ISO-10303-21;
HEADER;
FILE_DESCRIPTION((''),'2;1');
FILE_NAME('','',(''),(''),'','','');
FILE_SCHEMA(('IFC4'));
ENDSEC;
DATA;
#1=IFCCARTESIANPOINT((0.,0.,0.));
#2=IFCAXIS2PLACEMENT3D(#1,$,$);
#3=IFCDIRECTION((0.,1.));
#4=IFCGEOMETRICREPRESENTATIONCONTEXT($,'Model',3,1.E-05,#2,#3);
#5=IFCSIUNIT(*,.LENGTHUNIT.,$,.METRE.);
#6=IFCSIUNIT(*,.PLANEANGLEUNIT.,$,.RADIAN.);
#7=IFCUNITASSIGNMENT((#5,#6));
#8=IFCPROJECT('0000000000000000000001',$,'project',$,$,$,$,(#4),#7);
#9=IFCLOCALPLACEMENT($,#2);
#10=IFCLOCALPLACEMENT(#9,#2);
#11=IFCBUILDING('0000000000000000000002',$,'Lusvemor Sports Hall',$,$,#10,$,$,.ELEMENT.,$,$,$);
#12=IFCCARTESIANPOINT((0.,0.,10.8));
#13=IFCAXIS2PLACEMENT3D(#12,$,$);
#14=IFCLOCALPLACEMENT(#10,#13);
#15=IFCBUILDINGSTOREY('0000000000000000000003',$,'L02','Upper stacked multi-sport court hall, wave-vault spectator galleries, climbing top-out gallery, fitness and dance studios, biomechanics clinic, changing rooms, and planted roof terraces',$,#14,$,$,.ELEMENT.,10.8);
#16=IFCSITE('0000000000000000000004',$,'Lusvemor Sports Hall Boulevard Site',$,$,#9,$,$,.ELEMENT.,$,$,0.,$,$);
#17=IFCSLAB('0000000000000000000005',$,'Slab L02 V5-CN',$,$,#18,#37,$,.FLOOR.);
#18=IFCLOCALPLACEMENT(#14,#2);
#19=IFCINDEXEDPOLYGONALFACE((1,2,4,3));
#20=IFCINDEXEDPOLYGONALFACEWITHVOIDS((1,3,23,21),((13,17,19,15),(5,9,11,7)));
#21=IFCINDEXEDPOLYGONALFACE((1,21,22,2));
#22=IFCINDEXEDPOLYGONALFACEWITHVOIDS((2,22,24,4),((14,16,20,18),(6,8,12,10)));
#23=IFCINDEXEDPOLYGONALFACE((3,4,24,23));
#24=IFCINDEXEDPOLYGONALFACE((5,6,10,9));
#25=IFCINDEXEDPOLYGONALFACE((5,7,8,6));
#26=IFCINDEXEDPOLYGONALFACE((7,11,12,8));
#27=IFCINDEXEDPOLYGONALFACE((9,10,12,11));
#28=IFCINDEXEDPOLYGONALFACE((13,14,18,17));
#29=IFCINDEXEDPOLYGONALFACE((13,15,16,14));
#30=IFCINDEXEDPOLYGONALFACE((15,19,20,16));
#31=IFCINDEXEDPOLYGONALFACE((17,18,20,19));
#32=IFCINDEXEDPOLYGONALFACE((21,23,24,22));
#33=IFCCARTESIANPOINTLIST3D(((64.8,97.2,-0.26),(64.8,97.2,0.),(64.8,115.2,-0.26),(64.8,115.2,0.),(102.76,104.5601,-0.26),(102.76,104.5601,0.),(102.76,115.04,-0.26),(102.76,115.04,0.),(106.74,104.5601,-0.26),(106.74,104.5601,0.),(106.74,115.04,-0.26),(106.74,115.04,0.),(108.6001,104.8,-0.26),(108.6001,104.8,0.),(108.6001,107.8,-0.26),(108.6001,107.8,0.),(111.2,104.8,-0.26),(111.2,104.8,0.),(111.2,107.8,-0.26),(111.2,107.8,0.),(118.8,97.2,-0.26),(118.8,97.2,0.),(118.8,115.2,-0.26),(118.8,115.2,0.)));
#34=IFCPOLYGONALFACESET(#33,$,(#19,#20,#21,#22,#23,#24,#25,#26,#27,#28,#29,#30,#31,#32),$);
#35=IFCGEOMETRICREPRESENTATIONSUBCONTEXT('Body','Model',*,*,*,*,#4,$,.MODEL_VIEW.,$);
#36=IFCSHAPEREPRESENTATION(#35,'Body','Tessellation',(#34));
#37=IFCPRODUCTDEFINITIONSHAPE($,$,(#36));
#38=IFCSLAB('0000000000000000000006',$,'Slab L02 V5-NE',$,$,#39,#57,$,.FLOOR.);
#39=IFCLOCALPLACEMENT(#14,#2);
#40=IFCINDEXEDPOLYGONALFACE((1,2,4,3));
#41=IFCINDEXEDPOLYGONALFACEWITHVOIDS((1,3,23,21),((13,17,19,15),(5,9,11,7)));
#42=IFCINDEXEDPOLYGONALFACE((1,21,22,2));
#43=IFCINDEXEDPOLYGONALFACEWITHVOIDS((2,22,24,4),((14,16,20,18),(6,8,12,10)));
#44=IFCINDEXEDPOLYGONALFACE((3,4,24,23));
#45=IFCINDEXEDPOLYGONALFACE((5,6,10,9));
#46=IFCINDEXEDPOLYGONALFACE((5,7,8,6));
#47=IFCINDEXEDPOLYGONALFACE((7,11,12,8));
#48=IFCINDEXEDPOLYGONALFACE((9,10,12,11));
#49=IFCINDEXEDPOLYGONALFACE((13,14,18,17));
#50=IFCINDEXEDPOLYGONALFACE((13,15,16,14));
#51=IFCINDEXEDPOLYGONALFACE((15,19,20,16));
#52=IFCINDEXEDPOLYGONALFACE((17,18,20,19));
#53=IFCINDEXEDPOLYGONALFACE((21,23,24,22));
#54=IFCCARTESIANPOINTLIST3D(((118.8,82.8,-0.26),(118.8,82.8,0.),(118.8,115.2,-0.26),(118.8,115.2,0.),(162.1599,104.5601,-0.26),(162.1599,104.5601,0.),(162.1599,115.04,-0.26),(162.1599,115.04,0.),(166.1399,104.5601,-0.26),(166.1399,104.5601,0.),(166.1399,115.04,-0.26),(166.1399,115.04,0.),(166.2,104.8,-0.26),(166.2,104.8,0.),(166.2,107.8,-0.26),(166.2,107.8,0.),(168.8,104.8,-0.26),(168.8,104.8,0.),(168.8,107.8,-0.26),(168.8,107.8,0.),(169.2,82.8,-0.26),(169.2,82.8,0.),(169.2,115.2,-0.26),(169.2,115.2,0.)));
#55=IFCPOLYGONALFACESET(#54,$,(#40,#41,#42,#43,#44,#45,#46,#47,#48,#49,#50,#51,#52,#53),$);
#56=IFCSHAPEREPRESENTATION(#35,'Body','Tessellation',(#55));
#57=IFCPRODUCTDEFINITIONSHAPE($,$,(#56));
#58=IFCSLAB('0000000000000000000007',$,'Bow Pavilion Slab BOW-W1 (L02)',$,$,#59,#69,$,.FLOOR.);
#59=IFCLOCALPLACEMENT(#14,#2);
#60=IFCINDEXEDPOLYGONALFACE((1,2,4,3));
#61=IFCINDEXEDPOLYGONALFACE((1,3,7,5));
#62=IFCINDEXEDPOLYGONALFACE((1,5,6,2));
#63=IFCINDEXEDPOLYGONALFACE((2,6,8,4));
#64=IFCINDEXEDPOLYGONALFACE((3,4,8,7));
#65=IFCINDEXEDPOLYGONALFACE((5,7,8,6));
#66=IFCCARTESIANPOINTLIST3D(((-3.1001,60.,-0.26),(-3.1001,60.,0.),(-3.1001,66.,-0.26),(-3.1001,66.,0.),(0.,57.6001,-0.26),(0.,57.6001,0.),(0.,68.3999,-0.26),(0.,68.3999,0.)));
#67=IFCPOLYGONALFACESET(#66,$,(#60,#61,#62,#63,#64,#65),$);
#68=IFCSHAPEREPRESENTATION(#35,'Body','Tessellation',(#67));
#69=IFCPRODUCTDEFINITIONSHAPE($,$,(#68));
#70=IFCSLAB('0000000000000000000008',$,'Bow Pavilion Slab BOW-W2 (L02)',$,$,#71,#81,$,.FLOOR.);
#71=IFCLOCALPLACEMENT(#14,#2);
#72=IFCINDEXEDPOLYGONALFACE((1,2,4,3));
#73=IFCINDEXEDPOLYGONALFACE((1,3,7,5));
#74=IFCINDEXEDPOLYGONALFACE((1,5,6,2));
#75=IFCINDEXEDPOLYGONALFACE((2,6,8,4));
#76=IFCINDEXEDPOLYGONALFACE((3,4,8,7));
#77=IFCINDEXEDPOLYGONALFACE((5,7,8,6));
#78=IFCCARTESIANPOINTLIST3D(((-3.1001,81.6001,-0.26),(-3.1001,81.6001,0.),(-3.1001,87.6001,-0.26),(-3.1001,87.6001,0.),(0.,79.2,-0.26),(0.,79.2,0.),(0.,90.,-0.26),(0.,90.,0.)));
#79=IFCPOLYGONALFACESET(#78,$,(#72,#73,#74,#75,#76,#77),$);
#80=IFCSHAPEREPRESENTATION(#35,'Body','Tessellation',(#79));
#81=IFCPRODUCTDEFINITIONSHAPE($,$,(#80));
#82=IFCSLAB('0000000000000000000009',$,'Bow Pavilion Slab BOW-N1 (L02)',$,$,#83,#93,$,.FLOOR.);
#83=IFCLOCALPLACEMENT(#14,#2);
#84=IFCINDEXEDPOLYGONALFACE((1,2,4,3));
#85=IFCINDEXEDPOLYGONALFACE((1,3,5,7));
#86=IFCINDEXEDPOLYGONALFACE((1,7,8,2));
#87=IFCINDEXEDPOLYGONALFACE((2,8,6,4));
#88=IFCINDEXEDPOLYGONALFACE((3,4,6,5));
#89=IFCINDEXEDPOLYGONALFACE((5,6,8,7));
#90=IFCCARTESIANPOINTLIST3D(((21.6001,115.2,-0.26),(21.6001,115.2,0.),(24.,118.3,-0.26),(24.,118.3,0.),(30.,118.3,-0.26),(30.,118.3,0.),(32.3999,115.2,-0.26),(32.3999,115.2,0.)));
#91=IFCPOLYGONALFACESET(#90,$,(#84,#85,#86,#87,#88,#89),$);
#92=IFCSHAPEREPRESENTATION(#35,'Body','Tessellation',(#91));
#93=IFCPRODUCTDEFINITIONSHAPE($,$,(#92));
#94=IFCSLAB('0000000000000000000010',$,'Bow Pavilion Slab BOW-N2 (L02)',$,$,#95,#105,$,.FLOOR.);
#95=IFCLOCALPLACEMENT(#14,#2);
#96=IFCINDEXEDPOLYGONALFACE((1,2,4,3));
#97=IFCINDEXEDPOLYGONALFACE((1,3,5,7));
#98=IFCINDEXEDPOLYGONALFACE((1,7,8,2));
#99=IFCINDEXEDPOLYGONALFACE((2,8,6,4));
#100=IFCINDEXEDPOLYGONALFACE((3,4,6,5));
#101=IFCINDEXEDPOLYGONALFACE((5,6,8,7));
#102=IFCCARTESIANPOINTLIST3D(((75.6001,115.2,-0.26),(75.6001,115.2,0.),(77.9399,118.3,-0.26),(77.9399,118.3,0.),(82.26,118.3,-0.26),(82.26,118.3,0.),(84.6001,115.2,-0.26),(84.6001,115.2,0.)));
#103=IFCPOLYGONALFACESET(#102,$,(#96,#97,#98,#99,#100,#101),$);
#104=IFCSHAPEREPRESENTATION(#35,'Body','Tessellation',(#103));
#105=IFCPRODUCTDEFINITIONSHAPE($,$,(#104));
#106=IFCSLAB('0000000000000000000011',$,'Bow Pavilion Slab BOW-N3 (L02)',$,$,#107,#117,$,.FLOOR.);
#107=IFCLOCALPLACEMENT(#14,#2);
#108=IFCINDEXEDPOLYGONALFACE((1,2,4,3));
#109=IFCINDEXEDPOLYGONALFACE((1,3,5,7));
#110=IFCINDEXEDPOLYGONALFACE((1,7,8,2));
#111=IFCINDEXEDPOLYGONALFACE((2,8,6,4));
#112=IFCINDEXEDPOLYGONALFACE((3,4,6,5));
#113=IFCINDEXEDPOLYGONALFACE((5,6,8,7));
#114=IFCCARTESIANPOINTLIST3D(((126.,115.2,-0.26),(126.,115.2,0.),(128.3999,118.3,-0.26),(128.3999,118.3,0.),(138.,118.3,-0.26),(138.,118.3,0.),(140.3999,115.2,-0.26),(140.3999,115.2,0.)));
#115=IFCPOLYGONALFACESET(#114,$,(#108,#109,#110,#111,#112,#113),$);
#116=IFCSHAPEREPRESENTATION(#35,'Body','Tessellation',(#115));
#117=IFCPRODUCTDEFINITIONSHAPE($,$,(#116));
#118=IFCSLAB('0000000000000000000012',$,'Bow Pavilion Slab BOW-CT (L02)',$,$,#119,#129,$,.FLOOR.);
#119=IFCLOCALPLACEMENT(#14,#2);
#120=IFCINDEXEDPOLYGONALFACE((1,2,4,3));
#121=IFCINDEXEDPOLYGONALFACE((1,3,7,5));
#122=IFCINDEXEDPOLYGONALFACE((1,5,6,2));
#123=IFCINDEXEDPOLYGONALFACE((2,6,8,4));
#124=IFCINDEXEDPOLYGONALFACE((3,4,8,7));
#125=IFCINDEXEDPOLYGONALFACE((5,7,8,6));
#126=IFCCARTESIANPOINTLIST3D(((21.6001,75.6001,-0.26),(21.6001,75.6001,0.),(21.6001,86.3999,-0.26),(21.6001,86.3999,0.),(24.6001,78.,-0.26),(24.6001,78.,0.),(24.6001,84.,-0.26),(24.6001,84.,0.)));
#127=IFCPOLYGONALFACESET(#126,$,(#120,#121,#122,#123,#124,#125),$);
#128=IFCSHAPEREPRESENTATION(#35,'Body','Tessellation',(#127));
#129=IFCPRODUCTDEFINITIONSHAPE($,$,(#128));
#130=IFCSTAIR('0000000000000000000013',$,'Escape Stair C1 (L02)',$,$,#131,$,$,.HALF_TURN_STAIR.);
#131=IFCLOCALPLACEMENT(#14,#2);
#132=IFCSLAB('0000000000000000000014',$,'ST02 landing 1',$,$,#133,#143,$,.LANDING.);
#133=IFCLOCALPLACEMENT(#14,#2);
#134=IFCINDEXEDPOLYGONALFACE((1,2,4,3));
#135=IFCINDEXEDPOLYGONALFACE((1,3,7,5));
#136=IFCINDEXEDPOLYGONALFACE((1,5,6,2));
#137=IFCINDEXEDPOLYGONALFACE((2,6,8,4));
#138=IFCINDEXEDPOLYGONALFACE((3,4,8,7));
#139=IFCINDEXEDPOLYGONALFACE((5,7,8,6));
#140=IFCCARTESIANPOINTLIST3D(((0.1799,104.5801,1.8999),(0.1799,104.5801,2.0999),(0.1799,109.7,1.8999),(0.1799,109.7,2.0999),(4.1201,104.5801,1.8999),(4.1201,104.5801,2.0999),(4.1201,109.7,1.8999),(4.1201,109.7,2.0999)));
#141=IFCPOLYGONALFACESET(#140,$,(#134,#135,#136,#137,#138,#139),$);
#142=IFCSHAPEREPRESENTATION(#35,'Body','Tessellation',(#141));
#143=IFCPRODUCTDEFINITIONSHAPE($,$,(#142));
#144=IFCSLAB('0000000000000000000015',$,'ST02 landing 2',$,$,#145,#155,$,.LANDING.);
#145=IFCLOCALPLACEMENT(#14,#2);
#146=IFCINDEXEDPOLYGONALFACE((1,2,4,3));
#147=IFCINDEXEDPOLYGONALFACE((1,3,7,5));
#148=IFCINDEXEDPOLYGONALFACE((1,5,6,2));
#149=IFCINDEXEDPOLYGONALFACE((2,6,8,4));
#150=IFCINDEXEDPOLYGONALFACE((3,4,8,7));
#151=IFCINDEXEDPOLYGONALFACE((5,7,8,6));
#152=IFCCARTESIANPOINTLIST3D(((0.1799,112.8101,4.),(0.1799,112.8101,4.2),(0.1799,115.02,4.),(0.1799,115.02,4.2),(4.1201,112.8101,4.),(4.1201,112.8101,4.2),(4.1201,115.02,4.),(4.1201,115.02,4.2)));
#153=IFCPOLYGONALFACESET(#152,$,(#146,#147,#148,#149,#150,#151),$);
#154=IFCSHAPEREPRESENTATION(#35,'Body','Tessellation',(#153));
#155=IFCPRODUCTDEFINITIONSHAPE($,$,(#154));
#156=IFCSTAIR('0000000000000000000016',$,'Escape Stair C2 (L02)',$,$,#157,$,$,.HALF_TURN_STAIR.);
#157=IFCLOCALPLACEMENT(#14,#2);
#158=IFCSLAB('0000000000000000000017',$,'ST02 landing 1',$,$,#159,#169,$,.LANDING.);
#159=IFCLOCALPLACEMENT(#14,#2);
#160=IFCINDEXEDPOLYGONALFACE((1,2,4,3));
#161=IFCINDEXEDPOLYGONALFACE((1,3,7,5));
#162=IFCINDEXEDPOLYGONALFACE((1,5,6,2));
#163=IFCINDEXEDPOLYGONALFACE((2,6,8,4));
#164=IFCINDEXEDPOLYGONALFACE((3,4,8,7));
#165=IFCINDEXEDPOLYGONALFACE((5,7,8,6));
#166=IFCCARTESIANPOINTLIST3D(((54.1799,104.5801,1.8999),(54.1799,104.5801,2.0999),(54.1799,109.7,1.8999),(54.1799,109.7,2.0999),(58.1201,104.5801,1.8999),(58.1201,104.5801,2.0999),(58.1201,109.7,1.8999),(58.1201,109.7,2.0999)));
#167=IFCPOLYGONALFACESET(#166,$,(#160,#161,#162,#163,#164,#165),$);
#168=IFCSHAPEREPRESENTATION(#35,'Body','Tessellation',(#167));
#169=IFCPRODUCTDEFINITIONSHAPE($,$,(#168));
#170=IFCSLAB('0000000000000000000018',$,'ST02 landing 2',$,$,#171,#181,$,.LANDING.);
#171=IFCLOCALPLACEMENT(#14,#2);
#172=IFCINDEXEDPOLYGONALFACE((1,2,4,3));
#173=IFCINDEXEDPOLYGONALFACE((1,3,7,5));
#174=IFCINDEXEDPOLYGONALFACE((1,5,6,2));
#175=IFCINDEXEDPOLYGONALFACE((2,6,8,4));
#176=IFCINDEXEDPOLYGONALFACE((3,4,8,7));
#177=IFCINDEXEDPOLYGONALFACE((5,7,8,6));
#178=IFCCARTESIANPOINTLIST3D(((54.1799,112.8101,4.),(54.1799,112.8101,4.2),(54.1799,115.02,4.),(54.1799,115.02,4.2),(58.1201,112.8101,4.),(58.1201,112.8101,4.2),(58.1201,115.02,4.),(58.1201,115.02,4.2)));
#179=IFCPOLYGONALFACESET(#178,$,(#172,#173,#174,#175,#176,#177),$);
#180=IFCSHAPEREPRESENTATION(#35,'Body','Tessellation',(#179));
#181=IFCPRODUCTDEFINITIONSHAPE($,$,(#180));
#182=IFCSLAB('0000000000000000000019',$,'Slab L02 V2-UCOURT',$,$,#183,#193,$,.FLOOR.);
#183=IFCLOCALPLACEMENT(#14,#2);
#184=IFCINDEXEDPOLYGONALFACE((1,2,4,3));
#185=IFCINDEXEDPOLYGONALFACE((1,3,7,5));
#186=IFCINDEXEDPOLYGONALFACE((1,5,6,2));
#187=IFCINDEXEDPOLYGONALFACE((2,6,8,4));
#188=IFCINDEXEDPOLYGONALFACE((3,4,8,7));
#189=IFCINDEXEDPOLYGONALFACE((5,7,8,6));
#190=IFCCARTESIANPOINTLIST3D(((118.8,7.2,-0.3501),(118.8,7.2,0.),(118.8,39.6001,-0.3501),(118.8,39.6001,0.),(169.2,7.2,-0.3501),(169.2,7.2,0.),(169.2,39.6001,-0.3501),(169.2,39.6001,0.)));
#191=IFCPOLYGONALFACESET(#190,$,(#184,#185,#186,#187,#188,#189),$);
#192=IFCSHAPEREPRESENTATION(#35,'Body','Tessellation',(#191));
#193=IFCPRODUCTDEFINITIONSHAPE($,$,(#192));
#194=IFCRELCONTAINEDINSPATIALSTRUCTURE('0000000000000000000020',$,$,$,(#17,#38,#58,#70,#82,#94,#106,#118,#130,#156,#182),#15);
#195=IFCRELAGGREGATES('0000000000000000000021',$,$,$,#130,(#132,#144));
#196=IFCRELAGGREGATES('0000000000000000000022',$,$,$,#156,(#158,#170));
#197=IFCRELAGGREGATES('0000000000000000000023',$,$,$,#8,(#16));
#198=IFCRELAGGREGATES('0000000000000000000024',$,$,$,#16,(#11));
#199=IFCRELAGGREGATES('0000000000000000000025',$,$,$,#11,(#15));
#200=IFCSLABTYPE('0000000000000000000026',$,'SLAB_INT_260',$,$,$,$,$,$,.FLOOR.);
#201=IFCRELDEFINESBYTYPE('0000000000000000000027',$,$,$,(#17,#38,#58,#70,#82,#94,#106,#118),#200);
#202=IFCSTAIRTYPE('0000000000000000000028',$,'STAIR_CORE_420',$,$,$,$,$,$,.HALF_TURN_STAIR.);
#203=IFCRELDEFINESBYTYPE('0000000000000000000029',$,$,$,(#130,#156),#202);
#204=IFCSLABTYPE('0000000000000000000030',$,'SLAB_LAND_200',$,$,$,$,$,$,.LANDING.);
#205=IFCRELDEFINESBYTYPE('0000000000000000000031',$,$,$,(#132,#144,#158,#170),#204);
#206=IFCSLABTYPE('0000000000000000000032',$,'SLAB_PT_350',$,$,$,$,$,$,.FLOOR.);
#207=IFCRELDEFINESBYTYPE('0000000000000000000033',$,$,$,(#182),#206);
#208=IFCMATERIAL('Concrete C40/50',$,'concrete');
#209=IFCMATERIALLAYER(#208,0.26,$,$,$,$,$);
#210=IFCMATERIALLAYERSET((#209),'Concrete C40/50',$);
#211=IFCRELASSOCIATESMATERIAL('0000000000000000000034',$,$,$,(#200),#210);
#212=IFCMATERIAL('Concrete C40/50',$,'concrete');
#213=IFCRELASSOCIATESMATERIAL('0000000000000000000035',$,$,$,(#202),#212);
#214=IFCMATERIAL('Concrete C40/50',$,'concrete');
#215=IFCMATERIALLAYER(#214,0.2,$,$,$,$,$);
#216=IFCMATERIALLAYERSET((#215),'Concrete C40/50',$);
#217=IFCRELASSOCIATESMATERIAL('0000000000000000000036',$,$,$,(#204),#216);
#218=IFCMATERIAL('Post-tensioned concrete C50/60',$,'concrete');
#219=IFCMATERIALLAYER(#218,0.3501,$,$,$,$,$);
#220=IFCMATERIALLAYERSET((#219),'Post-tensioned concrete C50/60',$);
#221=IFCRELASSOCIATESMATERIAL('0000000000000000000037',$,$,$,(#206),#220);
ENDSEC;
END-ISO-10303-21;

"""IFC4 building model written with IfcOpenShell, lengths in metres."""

from ifc_helpers import new_model, si_unit, direction, frame, origin, place, context, subcontext, project, spatial, polyline, outline, extrude, material, layer, layer_set, type_object, element, aggregate, save


model = new_model("IFC4")

# Units and contexts
model_context = context("Model", 3, precision=1e-05, world=origin(), true_north=direction((0.0, 1.0)))
body_context = subcontext(model_context, "Body", "Model", "MODEL_VIEW")
ifc_project = project(units=[si_unit("LENGTHUNIT", "METRE"), si_unit("PLANEANGLEUNIT", "RADIAN")], contexts=[model_context])

# Site, building, storey
site_placement = place(None, origin())
site = spatial("IfcSite", under=ifc_project, at=site_placement, Name="Lusvemor Sports Hall Boulevard Site", CompositionType="ELEMENT", RefElevation=0.0)
building_placement = place(site_placement, origin())
building = spatial("IfcBuilding", under=site, at=building_placement, Name="Lusvemor Sports Hall", CompositionType="ELEMENT")
storey_placement = place(building_placement, frame((0.0, 0.0, 10.8)))
storey = spatial("IfcBuildingStorey", under=building, at=storey_placement, Name="L02", Description="Upper stacked multi-sport court hall, wave-vault spectator galleries, climbing top-out gallery, fitness and dance studios, biomechanics clinic, changing rooms, and planted roof terraces", CompositionType="ELEMENT", Elevation=10.8)

# Slabs
ifc_material_1 = material(Name="Concrete C40/50", Category="concrete")
ifc_layer_1 = layer(ifc_material_1, 0.26)
ifc_layer_set_1 = layer_set([ifc_layer_1], Name="Concrete C40/50")
slab_type_1 = type_object("IfcSlabType", Name="SLAB_INT_260", PredefinedType="FLOOR", material=ifc_layer_set_1)
slab_1_placement = place(storey_placement, frame((0.0, 0.0, -0.26)))
element("IfcSlab", 1, at=slab_1_placement, inside=storey, type_object=slab_type_1, Name="Slab L02 V5-CN", PredefinedType="FLOOR", context=body_context, shape_type="SweptSolid", body=[
    extrude(outline(polyline([(64.8, 97.2), (118.8, 97.2), (118.8, 115.2), (64.8, 115.2), (64.8, 97.2)]), holes=[polyline([(102.76, 104.5601), (106.74, 104.5601), (106.74, 115.04), (102.76, 115.04), (102.76, 104.5601)]), polyline([(108.6001, 104.8), (111.2, 104.8), (111.2, 107.8), (108.6001, 107.8), (108.6001, 104.8)])]), origin(), (0.0, 0.0, 1.0), 0.26),
])
slab_2_placement = place(storey_placement, frame((0.0, 0.0, -0.26)))
element("IfcSlab", 2, at=slab_2_placement, inside=storey, type_object=slab_type_1, Name="Slab L02 V5-NE", PredefinedType="FLOOR", context=body_context, shape_type="SweptSolid", body=[
    extrude(outline(polyline([(118.8, 82.8), (169.2, 82.8), (169.2, 115.2), (118.8, 115.2), (118.8, 82.8)]), holes=[polyline([(162.1599, 104.5601), (166.1399, 104.5601), (166.1399, 115.04), (162.1599, 115.04), (162.1599, 104.5601)]), polyline([(166.2, 104.8), (168.8, 104.8), (168.8, 107.8), (166.2, 107.8), (166.2, 104.8)])]), origin(), (0.0, 0.0, 1.0), 0.26),
])
slab_3_placement = place(storey_placement, frame((0.0, 0.0, -0.26)))
element("IfcSlab", 3, at=slab_3_placement, inside=storey, type_object=slab_type_1, Name="Bow Pavilion Slab BOW-W1 (L02)", PredefinedType="FLOOR", context=body_context, shape_type="SweptSolid", body=[
    extrude(outline(polyline([(0.0, 57.6001), (-3.1001, 60.0), (-3.1001, 66.0), (0.0, 68.3999), (0.0, 57.6001)])), origin(), (0.0, 0.0, 1.0), 0.26),
])
slab_4_placement = place(storey_placement, frame((0.0, 0.0, -0.26)))
element("IfcSlab", 4, at=slab_4_placement, inside=storey, type_object=slab_type_1, Name="Bow Pavilion Slab BOW-W2 (L02)", PredefinedType="FLOOR", context=body_context, shape_type="SweptSolid", body=[
    extrude(outline(polyline([(0.0, 79.2), (-3.1001, 81.6001), (-3.1001, 87.6001), (0.0, 90.0), (0.0, 79.2)])), origin(), (0.0, 0.0, 1.0), 0.26),
])
slab_5_placement = place(storey_placement, frame((0.0, 0.0, -0.26)))
element("IfcSlab", 5, at=slab_5_placement, inside=storey, type_object=slab_type_1, Name="Bow Pavilion Slab BOW-N1 (L02)", PredefinedType="FLOOR", context=body_context, shape_type="SweptSolid", body=[
    extrude(outline(polyline([(21.6001, 115.2), (24.0, 118.3), (30.0, 118.3), (32.3999, 115.2), (21.6001, 115.2)])), origin(), (0.0, 0.0, 1.0), 0.26),
])
slab_6_placement = place(storey_placement, frame((0.0, 0.0, -0.26)))
element("IfcSlab", 6, at=slab_6_placement, inside=storey, type_object=slab_type_1, Name="Bow Pavilion Slab BOW-N2 (L02)", PredefinedType="FLOOR", context=body_context, shape_type="SweptSolid", body=[
    extrude(outline(polyline([(75.6001, 115.2), (77.9399, 118.3), (82.26, 118.3), (84.6001, 115.2), (75.6001, 115.2)])), origin(), (0.0, 0.0, 1.0), 0.26),
])
slab_7_placement = place(storey_placement, frame((0.0, 0.0, -0.26)))
element("IfcSlab", 7, at=slab_7_placement, inside=storey, type_object=slab_type_1, Name="Bow Pavilion Slab BOW-N3 (L02)", PredefinedType="FLOOR", context=body_context, shape_type="SweptSolid", body=[
    extrude(outline(polyline([(126.0, 115.2), (128.3999, 118.3), (138.0, 118.3), (140.3999, 115.2), (126.0, 115.2)])), origin(), (0.0, 0.0, 1.0), 0.26),
])
slab_8_placement = place(storey_placement, frame((0.0, 0.0, -0.26)))
element("IfcSlab", 8, at=slab_8_placement, inside=storey, type_object=slab_type_1, Name="Bow Pavilion Slab BOW-CT (L02)", PredefinedType="FLOOR", context=body_context, shape_type="SweptSolid", body=[
    extrude(outline(polyline([(21.6001, 86.3999), (24.6001, 84.0), (24.6001, 78.0), (21.6001, 75.6001), (21.6001, 86.3999)])), origin(), (0.0, 0.0, 1.0), 0.26),
])

# Stairs, slabs
ifc_material_2 = material(Name="Concrete C40/50", Category="concrete")
stair_type = type_object("IfcStairType", Name="STAIR_CORE_420", PredefinedType="HALF_TURN_STAIR", material=ifc_material_2)
stair_1_placement = place(storey_placement, origin())
stair_1 = element("IfcStair", 9, at=stair_1_placement, inside=storey, type_object=stair_type, Name="Escape Stair C1 (L02)", PredefinedType="HALF_TURN_STAIR")
ifc_material_3 = material(Name="Concrete C40/50", Category="concrete")
ifc_layer_2 = layer(ifc_material_3, 0.2)
ifc_layer_set_2 = layer_set([ifc_layer_2], Name="Concrete C40/50")
slab_type_2 = type_object("IfcSlabType", Name="SLAB_LAND_200", PredefinedType="LANDING", material=ifc_layer_set_2)
slab_9_placement = place(storey_placement, frame((0.0, 0.0, 1.8999)))
slab_9 = element("IfcSlab", 10, at=slab_9_placement, type_object=slab_type_2, Name="ST02 landing 1", PredefinedType="LANDING", context=body_context, shape_type="SweptSolid", body=[
    extrude(outline(polyline([(0.1799, 104.5801), (4.1201, 104.5801), (4.1201, 109.7), (0.1799, 109.7), (0.1799, 104.5801)])), origin(), (0.0, 0.0, 1.0), 0.2),
])
slab_10_placement = place(storey_placement, frame((0.0, 0.0, 4.0)))
slab_10 = element("IfcSlab", 11, at=slab_10_placement, type_object=slab_type_2, Name="ST02 landing 2", PredefinedType="LANDING", context=body_context, shape_type="SweptSolid", body=[
    extrude(outline(polyline([(0.1799, 112.8101), (4.1201, 112.8101), (4.1201, 115.02), (0.1799, 115.02), (0.1799, 112.8101)])), origin(), (0.0, 0.0, 1.0), 0.2),
])
aggregate(stair_1, [slab_9, slab_10])
stair_2_placement = place(storey_placement, origin())
stair_2 = element("IfcStair", 12, at=stair_2_placement, inside=storey, type_object=stair_type, Name="Escape Stair C2 (L02)", PredefinedType="HALF_TURN_STAIR")
slab_11_placement = place(storey_placement, frame((0.0, 0.0, 1.8999)))
slab_11 = element("IfcSlab", 13, at=slab_11_placement, type_object=slab_type_2, Name="ST02 landing 1", PredefinedType="LANDING", context=body_context, shape_type="SweptSolid", body=[
    extrude(outline(polyline([(54.1799, 104.5801), (58.1201, 104.5801), (58.1201, 109.7), (54.1799, 109.7), (54.1799, 104.5801)])), origin(), (0.0, 0.0, 1.0), 0.2),
])
slab_12_placement = place(storey_placement, frame((0.0, 0.0, 4.0)))
slab_12 = element("IfcSlab", 14, at=slab_12_placement, type_object=slab_type_2, Name="ST02 landing 2", PredefinedType="LANDING", context=body_context, shape_type="SweptSolid", body=[
    extrude(outline(polyline([(54.1799, 112.8101), (58.1201, 112.8101), (58.1201, 115.02), (54.1799, 115.02), (54.1799, 112.8101)])), origin(), (0.0, 0.0, 1.0), 0.2),
])
aggregate(stair_2, [slab_11, slab_12])

# Slab
ifc_material_4 = material(Name="Post-tensioned concrete C50/60", Category="concrete")
ifc_layer_3 = layer(ifc_material_4, 0.3501)
ifc_layer_set_3 = layer_set([ifc_layer_3], Name="Post-tensioned concrete C50/60")
slab_type_3 = type_object("IfcSlabType", Name="SLAB_PT_350", PredefinedType="FLOOR", material=ifc_layer_set_3)
slab_13_placement = place(storey_placement, frame((0.0, 0.0, -0.3501)))
element("IfcSlab", 15, at=slab_13_placement, inside=storey, type_object=slab_type_3, Name="Slab L02 V2-UCOURT", PredefinedType="FLOOR", context=body_context, shape_type="SweptSolid", body=[
    extrude(outline(polyline([(118.8, 7.2), (169.2, 7.2), (169.2, 39.6001), (118.8, 39.6001), (118.8, 7.2)])), origin(), (0.0, 0.0, 1.0), 0.3501),
])

save(model, "model.ifc")
